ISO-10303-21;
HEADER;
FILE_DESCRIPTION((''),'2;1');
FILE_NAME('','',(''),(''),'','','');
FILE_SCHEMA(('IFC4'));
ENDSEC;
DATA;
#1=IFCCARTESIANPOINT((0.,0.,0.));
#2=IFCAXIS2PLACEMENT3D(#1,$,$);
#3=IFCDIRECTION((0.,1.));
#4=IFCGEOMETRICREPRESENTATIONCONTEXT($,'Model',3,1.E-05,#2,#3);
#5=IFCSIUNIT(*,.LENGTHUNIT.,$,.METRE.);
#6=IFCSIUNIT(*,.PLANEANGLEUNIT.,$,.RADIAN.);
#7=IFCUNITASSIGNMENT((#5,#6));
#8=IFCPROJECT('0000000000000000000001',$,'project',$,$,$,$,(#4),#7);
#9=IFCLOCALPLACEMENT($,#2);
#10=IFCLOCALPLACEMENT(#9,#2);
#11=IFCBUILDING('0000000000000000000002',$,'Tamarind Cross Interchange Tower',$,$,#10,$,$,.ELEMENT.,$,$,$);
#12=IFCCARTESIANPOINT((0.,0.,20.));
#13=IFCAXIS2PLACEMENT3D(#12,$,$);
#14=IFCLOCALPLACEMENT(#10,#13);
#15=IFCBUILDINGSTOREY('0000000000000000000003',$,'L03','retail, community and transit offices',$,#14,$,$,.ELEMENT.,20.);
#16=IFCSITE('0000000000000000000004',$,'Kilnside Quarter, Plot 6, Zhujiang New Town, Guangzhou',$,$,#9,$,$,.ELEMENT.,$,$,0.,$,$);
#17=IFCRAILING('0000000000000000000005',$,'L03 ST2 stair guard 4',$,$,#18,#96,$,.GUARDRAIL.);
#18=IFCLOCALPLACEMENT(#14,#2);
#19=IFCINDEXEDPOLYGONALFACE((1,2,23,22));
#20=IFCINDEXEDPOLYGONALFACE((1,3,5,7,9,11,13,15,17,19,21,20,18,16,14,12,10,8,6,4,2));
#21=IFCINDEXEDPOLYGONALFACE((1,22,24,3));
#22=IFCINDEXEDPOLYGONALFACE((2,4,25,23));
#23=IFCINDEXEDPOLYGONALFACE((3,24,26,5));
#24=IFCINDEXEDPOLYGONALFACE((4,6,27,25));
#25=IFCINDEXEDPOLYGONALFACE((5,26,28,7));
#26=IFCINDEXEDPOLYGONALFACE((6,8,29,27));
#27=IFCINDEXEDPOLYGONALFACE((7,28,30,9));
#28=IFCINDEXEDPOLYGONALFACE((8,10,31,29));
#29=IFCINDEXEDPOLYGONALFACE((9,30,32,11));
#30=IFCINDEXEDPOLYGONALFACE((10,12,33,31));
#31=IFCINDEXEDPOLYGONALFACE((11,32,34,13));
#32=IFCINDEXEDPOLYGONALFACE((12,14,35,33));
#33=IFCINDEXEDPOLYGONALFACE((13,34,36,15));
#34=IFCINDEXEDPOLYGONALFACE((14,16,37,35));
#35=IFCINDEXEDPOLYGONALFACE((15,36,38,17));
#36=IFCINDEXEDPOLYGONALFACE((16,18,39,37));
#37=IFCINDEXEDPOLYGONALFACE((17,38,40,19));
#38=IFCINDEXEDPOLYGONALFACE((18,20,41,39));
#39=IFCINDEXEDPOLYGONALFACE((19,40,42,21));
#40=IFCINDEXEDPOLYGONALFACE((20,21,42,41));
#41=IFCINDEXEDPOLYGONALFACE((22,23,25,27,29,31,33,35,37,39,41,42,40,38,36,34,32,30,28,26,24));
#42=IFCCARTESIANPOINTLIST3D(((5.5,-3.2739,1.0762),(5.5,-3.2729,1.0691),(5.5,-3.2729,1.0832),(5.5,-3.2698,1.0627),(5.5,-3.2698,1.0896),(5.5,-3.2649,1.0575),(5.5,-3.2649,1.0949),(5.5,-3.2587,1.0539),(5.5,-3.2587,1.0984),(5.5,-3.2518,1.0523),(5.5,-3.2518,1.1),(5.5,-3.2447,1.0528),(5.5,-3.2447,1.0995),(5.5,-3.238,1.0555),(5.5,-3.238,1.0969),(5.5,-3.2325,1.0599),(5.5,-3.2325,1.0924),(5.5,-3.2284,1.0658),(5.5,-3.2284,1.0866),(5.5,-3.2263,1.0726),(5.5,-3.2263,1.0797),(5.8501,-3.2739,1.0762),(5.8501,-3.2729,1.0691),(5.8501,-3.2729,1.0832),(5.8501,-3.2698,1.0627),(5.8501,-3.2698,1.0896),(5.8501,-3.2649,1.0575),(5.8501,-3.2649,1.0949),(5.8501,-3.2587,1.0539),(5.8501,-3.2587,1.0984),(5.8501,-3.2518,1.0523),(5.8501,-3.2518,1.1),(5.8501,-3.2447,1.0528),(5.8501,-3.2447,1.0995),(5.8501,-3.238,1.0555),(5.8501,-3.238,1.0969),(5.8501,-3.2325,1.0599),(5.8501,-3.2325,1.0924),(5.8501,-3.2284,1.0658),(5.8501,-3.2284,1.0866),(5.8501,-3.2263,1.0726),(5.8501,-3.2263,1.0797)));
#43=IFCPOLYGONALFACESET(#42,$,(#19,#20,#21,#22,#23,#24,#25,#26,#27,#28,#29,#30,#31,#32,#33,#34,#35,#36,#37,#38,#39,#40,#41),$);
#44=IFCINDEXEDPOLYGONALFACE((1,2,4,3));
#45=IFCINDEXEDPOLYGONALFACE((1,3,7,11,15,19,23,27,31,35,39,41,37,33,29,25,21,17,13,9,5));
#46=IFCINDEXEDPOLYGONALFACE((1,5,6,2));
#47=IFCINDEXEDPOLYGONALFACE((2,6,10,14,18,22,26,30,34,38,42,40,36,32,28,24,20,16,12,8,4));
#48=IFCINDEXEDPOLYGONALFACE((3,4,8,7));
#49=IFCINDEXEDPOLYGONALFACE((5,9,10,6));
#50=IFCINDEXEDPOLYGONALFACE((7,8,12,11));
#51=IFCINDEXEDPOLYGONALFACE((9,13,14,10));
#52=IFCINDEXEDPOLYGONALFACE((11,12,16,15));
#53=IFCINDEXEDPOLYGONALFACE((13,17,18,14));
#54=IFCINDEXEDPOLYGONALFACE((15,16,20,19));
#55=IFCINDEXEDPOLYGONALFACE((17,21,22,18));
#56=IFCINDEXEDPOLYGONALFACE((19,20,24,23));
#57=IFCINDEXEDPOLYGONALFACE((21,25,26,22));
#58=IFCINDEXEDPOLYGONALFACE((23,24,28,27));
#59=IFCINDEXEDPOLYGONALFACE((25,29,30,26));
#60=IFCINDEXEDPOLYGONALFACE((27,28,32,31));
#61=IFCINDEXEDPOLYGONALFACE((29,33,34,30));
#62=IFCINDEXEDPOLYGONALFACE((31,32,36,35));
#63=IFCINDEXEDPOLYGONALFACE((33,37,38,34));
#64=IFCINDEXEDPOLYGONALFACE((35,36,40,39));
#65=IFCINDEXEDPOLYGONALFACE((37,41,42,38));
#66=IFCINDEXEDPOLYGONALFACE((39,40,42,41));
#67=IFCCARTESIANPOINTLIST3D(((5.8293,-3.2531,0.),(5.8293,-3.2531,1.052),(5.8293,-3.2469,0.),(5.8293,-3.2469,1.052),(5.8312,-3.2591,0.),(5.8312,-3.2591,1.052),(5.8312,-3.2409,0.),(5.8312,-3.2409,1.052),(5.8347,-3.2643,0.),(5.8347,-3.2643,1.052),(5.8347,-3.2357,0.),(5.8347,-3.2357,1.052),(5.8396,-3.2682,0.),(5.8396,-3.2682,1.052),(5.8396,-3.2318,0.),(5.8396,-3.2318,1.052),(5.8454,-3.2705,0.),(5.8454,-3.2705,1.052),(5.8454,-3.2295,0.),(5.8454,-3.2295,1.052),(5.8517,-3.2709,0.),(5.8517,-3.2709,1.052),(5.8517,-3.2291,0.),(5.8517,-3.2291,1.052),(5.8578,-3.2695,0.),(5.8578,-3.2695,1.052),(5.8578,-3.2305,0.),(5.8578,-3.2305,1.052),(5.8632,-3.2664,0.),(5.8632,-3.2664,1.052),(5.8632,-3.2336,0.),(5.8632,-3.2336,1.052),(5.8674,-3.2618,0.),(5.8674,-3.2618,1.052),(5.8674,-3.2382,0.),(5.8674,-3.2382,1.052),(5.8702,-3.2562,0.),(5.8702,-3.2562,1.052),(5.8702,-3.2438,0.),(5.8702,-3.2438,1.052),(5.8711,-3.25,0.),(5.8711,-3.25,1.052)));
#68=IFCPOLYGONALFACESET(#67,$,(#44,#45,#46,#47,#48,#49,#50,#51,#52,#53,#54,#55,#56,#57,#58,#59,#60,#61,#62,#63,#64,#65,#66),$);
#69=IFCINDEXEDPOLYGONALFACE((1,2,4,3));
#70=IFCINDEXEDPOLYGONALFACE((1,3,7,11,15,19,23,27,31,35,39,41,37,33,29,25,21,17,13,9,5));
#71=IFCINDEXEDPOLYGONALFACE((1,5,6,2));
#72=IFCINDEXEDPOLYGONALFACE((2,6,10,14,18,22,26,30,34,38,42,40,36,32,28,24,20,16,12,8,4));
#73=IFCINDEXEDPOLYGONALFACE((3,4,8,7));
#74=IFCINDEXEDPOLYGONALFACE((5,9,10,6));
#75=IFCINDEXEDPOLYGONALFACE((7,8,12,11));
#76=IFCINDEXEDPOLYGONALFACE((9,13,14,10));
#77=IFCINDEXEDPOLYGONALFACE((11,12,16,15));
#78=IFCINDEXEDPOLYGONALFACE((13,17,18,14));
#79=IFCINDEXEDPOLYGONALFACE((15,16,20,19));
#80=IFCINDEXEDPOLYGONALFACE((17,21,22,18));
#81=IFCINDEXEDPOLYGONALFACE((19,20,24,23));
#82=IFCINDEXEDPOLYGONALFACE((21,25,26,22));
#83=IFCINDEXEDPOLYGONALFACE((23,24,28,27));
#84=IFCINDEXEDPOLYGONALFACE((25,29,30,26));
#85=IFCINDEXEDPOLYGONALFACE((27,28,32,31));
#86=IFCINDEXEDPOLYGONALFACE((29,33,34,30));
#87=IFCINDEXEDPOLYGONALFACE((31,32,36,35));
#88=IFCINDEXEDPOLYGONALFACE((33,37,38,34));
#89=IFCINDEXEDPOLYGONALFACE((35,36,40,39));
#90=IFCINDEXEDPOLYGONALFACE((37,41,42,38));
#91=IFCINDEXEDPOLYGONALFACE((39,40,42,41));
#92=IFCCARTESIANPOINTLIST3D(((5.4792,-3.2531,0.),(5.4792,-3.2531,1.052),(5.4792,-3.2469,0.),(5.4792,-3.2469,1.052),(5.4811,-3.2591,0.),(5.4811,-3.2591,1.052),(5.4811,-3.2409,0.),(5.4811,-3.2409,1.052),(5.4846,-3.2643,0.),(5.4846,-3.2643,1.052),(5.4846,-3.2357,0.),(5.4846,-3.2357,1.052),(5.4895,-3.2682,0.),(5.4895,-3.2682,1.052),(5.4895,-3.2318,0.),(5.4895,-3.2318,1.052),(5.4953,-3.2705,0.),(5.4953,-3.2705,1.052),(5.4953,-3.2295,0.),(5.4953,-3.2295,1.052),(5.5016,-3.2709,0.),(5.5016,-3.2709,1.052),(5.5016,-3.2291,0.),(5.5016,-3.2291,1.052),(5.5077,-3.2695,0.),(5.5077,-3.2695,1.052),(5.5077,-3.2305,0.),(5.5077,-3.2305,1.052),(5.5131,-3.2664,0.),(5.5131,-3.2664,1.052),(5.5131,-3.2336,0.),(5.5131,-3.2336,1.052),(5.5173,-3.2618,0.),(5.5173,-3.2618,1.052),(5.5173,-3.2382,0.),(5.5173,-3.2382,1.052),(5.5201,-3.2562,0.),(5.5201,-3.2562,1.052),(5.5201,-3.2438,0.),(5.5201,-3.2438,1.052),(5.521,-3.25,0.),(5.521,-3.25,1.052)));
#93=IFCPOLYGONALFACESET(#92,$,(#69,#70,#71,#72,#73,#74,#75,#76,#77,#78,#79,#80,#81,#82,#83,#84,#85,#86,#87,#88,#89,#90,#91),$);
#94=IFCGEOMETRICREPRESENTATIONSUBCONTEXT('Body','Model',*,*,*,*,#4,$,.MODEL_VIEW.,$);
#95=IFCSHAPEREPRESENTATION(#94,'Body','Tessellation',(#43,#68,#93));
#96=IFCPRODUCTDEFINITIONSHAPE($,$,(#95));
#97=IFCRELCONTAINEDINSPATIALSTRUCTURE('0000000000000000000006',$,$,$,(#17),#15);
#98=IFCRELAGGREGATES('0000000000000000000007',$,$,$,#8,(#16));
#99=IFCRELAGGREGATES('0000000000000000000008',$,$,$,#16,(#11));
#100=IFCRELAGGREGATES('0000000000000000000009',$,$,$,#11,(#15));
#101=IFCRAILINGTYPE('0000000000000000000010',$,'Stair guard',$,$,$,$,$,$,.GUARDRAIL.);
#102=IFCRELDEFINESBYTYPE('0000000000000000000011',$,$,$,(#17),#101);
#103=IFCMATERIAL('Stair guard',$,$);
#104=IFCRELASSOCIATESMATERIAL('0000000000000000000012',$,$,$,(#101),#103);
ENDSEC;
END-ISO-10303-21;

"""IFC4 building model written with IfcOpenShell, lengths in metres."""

from ifc_helpers import new_model, si_unit, direction, frame, origin, origin_2d, place, context, subcontext, project, spatial, circle, extrude, material, type_object, element, save


model = new_model("IFC4")

# Units and contexts
model_context = context("Model", 3, precision=1e-05, world=origin(), true_north=direction((0.0, 1.0)))
body_context = subcontext(model_context, "Body", "Model", "MODEL_VIEW")
ifc_project = project(units=[si_unit("LENGTHUNIT", "METRE"), si_unit("PLANEANGLEUNIT", "RADIAN")], contexts=[model_context])

# Site, building, storey
site_placement = place(None, origin())
site = spatial("IfcSite", under=ifc_project, at=site_placement, Name="Kilnside Quarter, Plot 6, Zhujiang New Town, Guangzhou", CompositionType="ELEMENT", RefElevation=0.0)
building_placement = place(site_placement, origin())
building = spatial("IfcBuilding", under=site, at=building_placement, Name="Tamarind Cross Interchange Tower", CompositionType="ELEMENT")
storey_placement = place(building_placement, frame((0.0, 0.0, 20.0)))
storey = spatial("IfcBuildingStorey", under=building, at=storey_placement, Name="L03", Description="retail, community and transit offices", CompositionType="ELEMENT", Elevation=20.0)

# Railing
ifc_material_1 = material(Name="Stair guard")
railing_type_1 = type_object("IfcRailingType", Name="Stair guard", PredefinedType="GUARDRAIL", material=ifc_material_1)
railing_1_placement = place(storey_placement, frame((5.8501, -3.25, 0.0)))
element("IfcRailing", 1, at=railing_1_placement, inside=storey, type_object=railing_type_1, Name="L03 ST2 stair guard 4", PredefinedType="GUARDRAIL", context=body_context, shape_type="SweptSolid", body=[
    extrude(circle(Radius=0.0239, at=origin_2d()), frame((0.0, 0.0, 1.0762), z_axis=(-1.0, 0.0, 0.0), x_axis=(0.0, -1.0, 0.0)), (0.0, 0.0, 1.0), 0.3501),
    extrude(circle(Radius=0.021, at=origin_2d()), origin(), (0.0, 0.0, 1.0), 1.052),
    extrude(circle(Radius=0.021, at=origin_2d()), frame((-0.3501, 0.0, 0.0)), (0.0, 0.0, 1.0), 1.052),
])

save(model, "model.ifc")
